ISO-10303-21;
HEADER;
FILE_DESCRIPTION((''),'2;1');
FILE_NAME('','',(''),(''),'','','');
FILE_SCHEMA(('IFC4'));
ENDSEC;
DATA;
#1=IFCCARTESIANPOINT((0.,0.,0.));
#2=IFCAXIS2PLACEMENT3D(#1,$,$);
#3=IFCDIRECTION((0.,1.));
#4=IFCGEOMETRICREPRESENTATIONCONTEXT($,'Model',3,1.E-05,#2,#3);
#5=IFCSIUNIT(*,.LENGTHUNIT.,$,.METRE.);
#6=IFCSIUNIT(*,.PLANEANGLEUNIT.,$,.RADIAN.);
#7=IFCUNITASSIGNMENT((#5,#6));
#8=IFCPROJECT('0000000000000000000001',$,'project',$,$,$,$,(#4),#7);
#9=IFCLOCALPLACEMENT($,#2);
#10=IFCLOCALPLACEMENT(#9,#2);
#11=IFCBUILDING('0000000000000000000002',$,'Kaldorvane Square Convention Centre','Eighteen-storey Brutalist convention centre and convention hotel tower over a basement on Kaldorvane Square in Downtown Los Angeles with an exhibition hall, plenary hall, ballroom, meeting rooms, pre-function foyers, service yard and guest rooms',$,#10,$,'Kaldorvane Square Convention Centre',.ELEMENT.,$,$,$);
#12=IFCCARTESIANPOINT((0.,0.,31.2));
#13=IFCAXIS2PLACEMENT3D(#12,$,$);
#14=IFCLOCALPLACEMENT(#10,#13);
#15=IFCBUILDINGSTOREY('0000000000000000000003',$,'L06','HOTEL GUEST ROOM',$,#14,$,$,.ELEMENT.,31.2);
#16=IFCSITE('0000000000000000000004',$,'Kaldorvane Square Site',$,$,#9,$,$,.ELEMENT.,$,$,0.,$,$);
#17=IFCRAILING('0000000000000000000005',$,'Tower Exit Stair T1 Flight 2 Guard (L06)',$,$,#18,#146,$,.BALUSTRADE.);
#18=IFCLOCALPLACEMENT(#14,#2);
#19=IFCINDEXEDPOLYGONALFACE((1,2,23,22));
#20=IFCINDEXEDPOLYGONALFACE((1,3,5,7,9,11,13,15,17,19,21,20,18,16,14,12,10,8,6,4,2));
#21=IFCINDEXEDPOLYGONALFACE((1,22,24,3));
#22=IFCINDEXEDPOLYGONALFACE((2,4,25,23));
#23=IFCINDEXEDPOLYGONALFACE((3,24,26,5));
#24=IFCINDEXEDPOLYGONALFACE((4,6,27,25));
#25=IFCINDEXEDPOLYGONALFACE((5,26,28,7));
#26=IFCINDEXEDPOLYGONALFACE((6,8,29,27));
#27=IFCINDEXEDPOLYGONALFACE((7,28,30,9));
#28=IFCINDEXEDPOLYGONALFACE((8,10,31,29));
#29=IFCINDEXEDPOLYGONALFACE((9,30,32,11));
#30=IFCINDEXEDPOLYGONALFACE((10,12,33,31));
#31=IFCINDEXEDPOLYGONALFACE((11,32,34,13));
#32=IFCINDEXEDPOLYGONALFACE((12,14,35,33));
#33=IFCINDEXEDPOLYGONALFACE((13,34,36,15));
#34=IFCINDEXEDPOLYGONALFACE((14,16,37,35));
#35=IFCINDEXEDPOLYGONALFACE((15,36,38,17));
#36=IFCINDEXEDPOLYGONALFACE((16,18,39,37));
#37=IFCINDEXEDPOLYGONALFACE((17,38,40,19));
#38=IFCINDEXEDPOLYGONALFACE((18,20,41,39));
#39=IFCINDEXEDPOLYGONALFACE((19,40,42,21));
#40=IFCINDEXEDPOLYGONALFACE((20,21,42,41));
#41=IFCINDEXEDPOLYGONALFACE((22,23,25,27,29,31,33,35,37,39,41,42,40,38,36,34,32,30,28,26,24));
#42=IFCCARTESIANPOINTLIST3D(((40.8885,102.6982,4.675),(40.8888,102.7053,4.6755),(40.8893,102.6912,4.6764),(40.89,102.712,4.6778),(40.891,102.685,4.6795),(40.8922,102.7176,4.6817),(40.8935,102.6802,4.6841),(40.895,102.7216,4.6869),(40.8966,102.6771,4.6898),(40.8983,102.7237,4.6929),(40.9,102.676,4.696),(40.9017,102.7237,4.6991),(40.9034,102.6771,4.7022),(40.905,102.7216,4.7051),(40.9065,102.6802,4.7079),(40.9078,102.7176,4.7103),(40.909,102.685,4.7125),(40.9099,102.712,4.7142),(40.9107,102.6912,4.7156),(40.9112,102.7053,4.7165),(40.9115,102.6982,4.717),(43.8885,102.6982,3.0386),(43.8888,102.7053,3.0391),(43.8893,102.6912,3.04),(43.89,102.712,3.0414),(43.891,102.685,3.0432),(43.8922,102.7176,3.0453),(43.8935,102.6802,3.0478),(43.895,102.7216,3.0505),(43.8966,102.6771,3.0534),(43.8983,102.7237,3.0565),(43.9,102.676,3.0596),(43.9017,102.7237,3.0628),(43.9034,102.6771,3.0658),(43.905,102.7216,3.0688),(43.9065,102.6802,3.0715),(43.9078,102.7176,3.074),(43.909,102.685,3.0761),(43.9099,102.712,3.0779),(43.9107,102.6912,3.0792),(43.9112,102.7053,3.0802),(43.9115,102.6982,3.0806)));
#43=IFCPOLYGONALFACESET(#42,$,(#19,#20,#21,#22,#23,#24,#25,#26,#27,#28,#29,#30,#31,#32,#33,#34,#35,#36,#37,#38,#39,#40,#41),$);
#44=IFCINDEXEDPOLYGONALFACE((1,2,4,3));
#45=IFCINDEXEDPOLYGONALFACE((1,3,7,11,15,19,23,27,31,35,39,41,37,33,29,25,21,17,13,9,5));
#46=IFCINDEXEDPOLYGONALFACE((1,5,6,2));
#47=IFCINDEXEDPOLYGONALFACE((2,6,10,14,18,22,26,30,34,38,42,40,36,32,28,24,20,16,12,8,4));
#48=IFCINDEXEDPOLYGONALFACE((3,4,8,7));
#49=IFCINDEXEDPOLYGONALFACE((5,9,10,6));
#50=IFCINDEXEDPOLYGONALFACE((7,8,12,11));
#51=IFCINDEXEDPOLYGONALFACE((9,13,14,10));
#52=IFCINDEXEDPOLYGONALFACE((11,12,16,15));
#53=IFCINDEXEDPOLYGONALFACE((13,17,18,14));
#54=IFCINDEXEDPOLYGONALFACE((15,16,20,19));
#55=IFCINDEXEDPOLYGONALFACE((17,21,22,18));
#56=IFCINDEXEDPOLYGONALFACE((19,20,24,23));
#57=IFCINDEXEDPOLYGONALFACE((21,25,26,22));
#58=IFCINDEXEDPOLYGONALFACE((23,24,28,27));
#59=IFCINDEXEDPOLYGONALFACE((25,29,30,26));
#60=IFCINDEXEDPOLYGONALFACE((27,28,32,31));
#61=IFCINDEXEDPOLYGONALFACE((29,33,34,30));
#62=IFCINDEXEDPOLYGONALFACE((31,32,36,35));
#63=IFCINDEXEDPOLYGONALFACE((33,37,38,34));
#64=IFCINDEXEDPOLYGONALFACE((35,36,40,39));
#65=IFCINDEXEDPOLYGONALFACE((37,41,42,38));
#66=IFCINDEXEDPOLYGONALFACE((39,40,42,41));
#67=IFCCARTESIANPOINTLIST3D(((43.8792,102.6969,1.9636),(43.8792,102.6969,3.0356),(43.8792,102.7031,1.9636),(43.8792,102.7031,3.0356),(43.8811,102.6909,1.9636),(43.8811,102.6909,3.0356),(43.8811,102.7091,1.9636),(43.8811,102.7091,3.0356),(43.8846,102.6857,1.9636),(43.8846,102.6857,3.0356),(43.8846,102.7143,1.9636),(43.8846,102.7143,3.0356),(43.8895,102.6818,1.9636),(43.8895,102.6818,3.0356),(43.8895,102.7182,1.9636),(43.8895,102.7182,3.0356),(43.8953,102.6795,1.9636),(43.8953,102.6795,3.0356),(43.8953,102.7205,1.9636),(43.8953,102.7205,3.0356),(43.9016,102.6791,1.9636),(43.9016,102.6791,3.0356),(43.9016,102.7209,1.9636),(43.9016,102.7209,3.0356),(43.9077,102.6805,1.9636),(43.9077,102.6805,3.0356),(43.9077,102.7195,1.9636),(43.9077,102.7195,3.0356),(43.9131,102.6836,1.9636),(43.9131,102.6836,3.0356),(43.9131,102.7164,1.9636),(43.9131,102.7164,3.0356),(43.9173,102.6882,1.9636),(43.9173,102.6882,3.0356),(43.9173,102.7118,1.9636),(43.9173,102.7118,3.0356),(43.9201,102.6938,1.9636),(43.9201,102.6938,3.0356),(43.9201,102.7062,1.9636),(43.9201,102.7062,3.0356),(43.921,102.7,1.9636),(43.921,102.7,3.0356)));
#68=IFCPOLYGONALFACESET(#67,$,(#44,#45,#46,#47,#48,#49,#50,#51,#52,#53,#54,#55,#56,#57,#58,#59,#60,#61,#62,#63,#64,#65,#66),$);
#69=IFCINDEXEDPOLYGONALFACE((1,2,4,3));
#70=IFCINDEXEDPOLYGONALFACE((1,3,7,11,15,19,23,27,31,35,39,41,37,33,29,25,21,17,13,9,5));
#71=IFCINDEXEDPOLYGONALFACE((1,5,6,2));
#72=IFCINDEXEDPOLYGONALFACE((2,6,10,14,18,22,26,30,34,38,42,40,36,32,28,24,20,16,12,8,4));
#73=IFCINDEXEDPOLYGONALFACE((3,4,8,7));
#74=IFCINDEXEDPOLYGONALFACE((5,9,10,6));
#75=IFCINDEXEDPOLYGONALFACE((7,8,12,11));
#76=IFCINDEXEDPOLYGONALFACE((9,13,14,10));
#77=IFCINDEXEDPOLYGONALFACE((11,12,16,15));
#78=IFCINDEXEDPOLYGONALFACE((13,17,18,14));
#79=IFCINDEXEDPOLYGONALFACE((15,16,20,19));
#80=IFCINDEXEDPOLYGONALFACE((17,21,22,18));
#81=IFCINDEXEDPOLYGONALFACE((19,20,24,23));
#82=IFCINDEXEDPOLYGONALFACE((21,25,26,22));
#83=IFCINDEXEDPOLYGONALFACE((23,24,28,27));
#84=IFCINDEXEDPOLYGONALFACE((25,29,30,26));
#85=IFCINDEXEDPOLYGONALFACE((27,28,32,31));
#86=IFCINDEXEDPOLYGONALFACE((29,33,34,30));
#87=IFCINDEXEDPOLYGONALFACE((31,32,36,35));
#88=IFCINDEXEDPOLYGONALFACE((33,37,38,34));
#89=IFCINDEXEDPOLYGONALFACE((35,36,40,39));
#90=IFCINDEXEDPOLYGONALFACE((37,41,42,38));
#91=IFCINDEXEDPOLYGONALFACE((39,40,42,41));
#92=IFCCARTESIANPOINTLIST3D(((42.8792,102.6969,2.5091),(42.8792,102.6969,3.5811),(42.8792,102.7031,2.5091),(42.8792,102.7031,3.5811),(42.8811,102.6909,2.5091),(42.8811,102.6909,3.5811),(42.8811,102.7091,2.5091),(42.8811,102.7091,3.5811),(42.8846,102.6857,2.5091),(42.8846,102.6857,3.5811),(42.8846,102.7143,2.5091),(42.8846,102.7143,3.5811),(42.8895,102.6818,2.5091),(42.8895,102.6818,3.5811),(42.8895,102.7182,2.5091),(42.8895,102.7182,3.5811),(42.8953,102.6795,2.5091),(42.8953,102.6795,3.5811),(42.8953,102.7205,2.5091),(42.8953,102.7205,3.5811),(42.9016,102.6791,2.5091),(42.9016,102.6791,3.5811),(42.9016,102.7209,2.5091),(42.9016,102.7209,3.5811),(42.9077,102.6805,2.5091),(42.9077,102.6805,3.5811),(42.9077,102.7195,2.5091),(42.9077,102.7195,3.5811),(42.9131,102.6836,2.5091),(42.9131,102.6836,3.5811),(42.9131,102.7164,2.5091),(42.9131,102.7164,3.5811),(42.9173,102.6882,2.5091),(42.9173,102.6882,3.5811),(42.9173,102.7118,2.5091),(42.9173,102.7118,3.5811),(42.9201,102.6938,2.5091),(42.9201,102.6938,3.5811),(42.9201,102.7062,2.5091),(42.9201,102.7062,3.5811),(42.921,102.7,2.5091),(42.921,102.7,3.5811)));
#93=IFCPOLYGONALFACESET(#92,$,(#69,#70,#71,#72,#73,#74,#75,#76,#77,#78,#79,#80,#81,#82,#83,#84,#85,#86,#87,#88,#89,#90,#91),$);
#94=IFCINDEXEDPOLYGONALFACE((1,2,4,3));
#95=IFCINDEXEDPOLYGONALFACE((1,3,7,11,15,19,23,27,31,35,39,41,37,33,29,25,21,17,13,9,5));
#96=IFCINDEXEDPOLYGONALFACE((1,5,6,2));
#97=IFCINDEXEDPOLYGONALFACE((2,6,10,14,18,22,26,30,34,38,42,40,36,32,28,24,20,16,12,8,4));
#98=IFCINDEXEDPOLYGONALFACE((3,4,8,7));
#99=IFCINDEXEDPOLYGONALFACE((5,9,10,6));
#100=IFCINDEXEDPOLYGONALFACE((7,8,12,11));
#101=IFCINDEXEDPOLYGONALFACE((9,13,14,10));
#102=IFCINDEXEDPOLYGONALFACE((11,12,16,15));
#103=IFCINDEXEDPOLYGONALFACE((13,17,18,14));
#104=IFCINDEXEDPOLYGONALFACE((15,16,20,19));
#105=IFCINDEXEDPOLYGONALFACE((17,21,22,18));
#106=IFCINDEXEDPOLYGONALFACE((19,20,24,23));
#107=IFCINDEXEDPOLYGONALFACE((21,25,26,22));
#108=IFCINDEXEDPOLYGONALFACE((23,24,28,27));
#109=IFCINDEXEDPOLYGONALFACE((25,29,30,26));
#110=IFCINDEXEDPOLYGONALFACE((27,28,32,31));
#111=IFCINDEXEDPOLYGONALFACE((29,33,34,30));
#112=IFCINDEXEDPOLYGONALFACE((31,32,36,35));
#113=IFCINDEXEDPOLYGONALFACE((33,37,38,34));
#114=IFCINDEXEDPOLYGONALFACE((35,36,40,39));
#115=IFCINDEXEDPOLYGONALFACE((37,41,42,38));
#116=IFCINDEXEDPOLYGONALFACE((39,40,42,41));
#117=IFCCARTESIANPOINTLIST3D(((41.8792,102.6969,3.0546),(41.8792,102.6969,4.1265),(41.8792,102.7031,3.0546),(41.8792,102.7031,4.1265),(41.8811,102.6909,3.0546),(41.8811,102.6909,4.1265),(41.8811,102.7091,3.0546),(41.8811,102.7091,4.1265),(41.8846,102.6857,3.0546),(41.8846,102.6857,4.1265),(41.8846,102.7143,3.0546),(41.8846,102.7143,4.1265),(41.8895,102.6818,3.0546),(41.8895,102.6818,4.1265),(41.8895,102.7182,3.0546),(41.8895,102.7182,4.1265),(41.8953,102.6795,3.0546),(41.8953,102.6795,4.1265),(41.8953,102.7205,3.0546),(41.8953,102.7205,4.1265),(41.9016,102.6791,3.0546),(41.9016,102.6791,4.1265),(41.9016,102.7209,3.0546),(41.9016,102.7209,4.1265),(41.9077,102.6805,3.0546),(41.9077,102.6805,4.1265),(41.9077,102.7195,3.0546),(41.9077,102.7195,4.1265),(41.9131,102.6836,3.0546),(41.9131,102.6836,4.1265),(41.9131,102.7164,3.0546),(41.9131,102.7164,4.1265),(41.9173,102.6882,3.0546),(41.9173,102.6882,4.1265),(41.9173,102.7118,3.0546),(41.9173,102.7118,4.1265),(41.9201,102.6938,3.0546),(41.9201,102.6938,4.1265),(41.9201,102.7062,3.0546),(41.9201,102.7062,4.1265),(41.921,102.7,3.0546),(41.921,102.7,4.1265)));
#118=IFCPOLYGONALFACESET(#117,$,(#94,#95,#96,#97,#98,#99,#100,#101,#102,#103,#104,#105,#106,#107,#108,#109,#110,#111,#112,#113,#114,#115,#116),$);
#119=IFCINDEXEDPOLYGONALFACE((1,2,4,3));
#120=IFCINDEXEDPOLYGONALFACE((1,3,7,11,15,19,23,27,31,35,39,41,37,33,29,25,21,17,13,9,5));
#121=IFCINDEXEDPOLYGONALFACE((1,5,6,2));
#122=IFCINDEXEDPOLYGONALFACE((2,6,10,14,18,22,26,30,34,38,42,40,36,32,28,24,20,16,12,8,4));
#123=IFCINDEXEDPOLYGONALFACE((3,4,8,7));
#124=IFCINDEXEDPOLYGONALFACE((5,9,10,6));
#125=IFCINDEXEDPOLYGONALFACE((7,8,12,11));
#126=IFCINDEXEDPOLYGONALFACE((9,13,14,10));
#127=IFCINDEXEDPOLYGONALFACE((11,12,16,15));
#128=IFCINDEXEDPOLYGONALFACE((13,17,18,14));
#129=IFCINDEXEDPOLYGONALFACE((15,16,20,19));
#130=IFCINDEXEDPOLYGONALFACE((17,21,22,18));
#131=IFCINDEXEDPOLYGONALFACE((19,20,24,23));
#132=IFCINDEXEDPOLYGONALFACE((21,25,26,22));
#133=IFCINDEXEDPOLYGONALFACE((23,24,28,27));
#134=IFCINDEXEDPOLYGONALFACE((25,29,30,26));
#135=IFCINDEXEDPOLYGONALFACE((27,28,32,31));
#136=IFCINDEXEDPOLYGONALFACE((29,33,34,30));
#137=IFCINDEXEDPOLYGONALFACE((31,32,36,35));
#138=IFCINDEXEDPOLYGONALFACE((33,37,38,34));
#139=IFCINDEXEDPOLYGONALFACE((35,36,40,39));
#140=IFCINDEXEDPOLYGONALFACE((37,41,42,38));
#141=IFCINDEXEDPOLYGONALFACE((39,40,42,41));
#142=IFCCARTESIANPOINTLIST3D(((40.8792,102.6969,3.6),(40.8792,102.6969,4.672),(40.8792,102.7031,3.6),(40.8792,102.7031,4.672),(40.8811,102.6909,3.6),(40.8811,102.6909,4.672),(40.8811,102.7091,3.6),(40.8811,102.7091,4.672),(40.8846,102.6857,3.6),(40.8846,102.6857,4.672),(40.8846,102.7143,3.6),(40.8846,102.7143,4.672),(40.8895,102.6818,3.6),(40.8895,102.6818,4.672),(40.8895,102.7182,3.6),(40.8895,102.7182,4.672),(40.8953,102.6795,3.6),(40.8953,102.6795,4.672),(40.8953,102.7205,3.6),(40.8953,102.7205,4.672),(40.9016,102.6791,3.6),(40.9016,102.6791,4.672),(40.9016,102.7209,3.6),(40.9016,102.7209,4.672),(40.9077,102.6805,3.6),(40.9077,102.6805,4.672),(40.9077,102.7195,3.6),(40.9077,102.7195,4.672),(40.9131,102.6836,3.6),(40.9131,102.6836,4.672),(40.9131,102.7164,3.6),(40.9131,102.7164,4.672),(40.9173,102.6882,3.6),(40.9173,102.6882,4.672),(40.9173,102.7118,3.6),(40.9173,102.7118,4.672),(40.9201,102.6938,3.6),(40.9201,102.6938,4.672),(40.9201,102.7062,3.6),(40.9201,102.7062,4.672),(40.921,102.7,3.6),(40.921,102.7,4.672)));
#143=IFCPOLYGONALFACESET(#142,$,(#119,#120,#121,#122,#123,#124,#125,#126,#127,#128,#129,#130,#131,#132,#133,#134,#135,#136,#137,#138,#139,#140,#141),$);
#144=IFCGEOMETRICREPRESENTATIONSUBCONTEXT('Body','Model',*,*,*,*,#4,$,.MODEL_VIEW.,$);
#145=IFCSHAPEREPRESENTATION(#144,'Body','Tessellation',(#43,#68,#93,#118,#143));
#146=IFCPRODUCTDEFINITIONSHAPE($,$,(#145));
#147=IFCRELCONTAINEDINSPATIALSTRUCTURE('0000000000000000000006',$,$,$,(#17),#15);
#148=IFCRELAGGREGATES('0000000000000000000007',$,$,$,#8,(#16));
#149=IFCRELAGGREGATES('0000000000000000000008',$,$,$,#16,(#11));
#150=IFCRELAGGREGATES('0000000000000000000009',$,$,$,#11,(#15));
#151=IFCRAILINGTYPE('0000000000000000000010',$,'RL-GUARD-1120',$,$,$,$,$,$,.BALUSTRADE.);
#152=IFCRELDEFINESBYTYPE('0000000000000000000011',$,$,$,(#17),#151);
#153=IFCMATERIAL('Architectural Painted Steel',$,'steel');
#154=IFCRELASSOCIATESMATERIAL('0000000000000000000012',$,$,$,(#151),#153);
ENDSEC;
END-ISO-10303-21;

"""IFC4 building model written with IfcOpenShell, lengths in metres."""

from ifc_helpers import new_model, si_unit, direction, frame, origin, origin_2d, place, context, subcontext, project, spatial, circle, extrude, material, type_object, element, save


model = new_model("IFC4")

# Units and contexts
model_context = context("Model", 3, precision=1e-05, world=origin(), true_north=direction((0.0, 1.0)))
body_context = subcontext(model_context, "Body", "Model", "MODEL_VIEW")
ifc_project = project(units=[si_unit("LENGTHUNIT", "METRE"), si_unit("PLANEANGLEUNIT", "RADIAN")], contexts=[model_context])

# Site, building, storey
site_placement = place(None, origin())
site = spatial("IfcSite", under=ifc_project, at=site_placement, Name="Kaldorvane Square Site", CompositionType="ELEMENT", RefElevation=0.0)
building_placement = place(site_placement, origin())
building = spatial("IfcBuilding", under=site, at=building_placement, Name="Kaldorvane Square Convention Centre", Description="Eighteen-storey Brutalist convention centre and convention hotel tower over a basement on Kaldorvane Square in Downtown Los Angeles with an exhibition hall, plenary hall, ballroom, meeting rooms, pre-function foyers, service yard and guest rooms", LongName="Kaldorvane Square Convention Centre", CompositionType="ELEMENT")
storey_placement = place(building_placement, frame((0.0, 0.0, 31.2)))
storey = spatial("IfcBuildingStorey", under=building, at=storey_placement, Name="L06", Description="HOTEL GUEST ROOM", CompositionType="ELEMENT", Elevation=31.2)

# Railing
ifc_material_1 = material(Name="Architectural Painted Steel", Category="steel")
railing_type_1 = type_object("IfcRailingType", Name="RL-GUARD-1120", PredefinedType="BALUSTRADE", material=ifc_material_1)
railing_1_placement = place(storey_placement, frame((43.9, 102.7, 1.9636)))
element("IfcRailing", 1, at=railing_1_placement, inside=storey, type_object=railing_type_1, Name="Tower Exit Stair T1 Flight 2 Guard (L06)", PredefinedType="BALUSTRADE", context=body_context, shape_type="SweptSolid", body=[
    extrude(circle(Radius=0.024, at=origin_2d()), frame((0.0, 0.0, 1.096), z_axis=(-0.877895, 0.0, 0.478853), x_axis=(0.0, -1.0, 0.0)), (0.0, 0.0, 1.0), 3.4173),
    extrude(circle(Radius=0.021, at=origin_2d()), origin(), (0.0, 0.0, 1.0), 1.072),
    extrude(circle(Radius=0.021, at=origin_2d()), frame((-1.0, 0.0, 0.5455)), (0.0, 0.0, 1.0), 1.072),
    extrude(circle(Radius=0.021, at=origin_2d()), frame((-2.0, 0.0, 1.0909)), (0.0, 0.0, 1.0), 1.072),
    extrude(circle(Radius=0.021, at=origin_2d()), frame((-3.0, 0.0, 1.6364)), (0.0, 0.0, 1.0), 1.072),
])

save(model, "model.ifc")
